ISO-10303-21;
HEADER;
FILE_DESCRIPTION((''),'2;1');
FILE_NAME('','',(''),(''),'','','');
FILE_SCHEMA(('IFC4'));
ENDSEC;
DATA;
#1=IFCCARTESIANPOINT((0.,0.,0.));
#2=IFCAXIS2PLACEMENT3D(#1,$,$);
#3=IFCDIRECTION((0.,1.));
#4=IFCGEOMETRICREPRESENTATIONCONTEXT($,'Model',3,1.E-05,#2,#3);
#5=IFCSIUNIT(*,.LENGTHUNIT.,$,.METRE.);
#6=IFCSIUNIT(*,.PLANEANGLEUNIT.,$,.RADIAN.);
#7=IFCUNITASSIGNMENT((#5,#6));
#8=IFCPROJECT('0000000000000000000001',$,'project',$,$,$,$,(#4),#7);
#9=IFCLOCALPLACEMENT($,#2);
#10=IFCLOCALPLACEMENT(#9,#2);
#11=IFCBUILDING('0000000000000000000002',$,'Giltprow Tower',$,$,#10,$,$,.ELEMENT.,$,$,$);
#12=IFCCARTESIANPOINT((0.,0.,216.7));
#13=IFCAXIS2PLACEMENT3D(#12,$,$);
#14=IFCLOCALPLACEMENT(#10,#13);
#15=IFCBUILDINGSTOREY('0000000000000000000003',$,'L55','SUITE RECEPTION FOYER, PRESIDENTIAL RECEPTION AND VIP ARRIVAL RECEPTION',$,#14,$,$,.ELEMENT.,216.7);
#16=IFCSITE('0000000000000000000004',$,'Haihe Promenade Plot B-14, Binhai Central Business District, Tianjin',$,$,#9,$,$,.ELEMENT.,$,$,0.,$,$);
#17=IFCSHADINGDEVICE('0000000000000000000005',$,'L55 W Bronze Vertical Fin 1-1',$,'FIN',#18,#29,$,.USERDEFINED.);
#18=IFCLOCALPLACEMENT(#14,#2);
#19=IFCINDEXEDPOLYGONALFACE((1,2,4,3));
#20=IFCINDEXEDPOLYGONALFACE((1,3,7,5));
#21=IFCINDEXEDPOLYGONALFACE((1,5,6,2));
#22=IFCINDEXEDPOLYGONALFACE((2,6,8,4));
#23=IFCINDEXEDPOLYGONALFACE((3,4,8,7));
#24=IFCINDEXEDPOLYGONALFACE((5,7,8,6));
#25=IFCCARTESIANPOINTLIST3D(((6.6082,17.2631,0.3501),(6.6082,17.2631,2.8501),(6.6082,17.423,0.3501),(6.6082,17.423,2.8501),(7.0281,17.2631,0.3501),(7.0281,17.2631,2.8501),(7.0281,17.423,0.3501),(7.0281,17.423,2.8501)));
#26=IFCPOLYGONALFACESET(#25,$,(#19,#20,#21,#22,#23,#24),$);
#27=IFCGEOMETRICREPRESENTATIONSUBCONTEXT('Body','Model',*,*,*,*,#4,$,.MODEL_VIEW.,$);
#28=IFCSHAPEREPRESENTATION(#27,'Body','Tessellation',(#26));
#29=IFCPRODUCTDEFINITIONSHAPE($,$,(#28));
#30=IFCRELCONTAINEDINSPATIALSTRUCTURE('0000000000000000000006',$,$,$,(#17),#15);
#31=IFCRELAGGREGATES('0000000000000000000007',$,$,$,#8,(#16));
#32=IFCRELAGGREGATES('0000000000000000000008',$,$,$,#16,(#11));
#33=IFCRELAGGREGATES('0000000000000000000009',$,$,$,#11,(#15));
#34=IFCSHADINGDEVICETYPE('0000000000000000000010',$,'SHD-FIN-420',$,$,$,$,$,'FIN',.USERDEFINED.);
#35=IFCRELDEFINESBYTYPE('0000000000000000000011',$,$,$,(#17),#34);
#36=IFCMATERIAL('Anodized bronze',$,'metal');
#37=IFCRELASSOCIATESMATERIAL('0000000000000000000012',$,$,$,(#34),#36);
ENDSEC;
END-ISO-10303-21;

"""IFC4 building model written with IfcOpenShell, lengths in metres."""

from ifc_helpers import new_model, si_unit, direction, frame, origin, origin_2d, place, context, subcontext, project, spatial, rectangle, extrude, source, transform, mapped, material, type_object, element, save


model = new_model("IFC4")

# Units and contexts
model_context = context("Model", 3, precision=1e-05, world=origin(), true_north=direction((0.0, 1.0)))
body_context = subcontext(model_context, "Body", "Model", "MODEL_VIEW")
ifc_project = project(units=[si_unit("LENGTHUNIT", "METRE"), si_unit("PLANEANGLEUNIT", "RADIAN")], contexts=[model_context])

# Site, building, storey
site_placement = place(None, origin())
site = spatial("IfcSite", under=ifc_project, at=site_placement, Name="Haihe Promenade Plot B-14, Binhai Central Business District, Tianjin", CompositionType="ELEMENT", RefElevation=0.0)
building_placement = place(site_placement, origin())
building = spatial("IfcBuilding", under=site, at=building_placement, Name="Giltprow Tower", CompositionType="ELEMENT")
storey_placement = place(building_placement, frame((0.0, 0.0, 216.7)))
storey = spatial("IfcBuildingStorey", under=building, at=storey_placement, Name="L55", Description="SUITE RECEPTION FOYER, PRESIDENTIAL RECEPTION AND VIP ARRIVAL RECEPTION", CompositionType="ELEMENT", Elevation=216.7)

# Shared definitions
ifc_material_1 = material(Name="Anodized bronze", Category="metal")

# Shading device
shading_device_type = type_object("IfcShadingDeviceType", Name="SHD-FIN-420", ElementType="FIN", PredefinedType="USERDEFINED", material=ifc_material_1)
shared_shape_1 = source(origin(), body_context, "Body", "SweptSolid", [
    extrude(rectangle(XDim=0.4199, YDim=0.1599, at=origin_2d()), origin(), (0.0, 0.0, 1.0), 2.5),
])
shading_device_placement = place(storey_placement, frame((6.8181, 17.343, 0.3501), z_axis=(0.0, 0.0, 1.0), x_axis=(1.0, 0.0, 0.0)))
element("IfcShadingDevice", 1, at=shading_device_placement, inside=storey, type_object=shading_device_type, Name="L55 W Bronze Vertical Fin 1-1", ObjectType="FIN", PredefinedType="USERDEFINED", context=body_context, shape_type="MappedRepresentation", body=[
    mapped(shared_shape_1, transform((0.0, 0.0, 0.0), x_axis=(1.0, 0.0, 0.0), y_axis=(0.0, 1.0, 0.0), z_axis=(0.0, 0.0, 1.0), scale=1.0)),
])

save(model, "model.ifc")
